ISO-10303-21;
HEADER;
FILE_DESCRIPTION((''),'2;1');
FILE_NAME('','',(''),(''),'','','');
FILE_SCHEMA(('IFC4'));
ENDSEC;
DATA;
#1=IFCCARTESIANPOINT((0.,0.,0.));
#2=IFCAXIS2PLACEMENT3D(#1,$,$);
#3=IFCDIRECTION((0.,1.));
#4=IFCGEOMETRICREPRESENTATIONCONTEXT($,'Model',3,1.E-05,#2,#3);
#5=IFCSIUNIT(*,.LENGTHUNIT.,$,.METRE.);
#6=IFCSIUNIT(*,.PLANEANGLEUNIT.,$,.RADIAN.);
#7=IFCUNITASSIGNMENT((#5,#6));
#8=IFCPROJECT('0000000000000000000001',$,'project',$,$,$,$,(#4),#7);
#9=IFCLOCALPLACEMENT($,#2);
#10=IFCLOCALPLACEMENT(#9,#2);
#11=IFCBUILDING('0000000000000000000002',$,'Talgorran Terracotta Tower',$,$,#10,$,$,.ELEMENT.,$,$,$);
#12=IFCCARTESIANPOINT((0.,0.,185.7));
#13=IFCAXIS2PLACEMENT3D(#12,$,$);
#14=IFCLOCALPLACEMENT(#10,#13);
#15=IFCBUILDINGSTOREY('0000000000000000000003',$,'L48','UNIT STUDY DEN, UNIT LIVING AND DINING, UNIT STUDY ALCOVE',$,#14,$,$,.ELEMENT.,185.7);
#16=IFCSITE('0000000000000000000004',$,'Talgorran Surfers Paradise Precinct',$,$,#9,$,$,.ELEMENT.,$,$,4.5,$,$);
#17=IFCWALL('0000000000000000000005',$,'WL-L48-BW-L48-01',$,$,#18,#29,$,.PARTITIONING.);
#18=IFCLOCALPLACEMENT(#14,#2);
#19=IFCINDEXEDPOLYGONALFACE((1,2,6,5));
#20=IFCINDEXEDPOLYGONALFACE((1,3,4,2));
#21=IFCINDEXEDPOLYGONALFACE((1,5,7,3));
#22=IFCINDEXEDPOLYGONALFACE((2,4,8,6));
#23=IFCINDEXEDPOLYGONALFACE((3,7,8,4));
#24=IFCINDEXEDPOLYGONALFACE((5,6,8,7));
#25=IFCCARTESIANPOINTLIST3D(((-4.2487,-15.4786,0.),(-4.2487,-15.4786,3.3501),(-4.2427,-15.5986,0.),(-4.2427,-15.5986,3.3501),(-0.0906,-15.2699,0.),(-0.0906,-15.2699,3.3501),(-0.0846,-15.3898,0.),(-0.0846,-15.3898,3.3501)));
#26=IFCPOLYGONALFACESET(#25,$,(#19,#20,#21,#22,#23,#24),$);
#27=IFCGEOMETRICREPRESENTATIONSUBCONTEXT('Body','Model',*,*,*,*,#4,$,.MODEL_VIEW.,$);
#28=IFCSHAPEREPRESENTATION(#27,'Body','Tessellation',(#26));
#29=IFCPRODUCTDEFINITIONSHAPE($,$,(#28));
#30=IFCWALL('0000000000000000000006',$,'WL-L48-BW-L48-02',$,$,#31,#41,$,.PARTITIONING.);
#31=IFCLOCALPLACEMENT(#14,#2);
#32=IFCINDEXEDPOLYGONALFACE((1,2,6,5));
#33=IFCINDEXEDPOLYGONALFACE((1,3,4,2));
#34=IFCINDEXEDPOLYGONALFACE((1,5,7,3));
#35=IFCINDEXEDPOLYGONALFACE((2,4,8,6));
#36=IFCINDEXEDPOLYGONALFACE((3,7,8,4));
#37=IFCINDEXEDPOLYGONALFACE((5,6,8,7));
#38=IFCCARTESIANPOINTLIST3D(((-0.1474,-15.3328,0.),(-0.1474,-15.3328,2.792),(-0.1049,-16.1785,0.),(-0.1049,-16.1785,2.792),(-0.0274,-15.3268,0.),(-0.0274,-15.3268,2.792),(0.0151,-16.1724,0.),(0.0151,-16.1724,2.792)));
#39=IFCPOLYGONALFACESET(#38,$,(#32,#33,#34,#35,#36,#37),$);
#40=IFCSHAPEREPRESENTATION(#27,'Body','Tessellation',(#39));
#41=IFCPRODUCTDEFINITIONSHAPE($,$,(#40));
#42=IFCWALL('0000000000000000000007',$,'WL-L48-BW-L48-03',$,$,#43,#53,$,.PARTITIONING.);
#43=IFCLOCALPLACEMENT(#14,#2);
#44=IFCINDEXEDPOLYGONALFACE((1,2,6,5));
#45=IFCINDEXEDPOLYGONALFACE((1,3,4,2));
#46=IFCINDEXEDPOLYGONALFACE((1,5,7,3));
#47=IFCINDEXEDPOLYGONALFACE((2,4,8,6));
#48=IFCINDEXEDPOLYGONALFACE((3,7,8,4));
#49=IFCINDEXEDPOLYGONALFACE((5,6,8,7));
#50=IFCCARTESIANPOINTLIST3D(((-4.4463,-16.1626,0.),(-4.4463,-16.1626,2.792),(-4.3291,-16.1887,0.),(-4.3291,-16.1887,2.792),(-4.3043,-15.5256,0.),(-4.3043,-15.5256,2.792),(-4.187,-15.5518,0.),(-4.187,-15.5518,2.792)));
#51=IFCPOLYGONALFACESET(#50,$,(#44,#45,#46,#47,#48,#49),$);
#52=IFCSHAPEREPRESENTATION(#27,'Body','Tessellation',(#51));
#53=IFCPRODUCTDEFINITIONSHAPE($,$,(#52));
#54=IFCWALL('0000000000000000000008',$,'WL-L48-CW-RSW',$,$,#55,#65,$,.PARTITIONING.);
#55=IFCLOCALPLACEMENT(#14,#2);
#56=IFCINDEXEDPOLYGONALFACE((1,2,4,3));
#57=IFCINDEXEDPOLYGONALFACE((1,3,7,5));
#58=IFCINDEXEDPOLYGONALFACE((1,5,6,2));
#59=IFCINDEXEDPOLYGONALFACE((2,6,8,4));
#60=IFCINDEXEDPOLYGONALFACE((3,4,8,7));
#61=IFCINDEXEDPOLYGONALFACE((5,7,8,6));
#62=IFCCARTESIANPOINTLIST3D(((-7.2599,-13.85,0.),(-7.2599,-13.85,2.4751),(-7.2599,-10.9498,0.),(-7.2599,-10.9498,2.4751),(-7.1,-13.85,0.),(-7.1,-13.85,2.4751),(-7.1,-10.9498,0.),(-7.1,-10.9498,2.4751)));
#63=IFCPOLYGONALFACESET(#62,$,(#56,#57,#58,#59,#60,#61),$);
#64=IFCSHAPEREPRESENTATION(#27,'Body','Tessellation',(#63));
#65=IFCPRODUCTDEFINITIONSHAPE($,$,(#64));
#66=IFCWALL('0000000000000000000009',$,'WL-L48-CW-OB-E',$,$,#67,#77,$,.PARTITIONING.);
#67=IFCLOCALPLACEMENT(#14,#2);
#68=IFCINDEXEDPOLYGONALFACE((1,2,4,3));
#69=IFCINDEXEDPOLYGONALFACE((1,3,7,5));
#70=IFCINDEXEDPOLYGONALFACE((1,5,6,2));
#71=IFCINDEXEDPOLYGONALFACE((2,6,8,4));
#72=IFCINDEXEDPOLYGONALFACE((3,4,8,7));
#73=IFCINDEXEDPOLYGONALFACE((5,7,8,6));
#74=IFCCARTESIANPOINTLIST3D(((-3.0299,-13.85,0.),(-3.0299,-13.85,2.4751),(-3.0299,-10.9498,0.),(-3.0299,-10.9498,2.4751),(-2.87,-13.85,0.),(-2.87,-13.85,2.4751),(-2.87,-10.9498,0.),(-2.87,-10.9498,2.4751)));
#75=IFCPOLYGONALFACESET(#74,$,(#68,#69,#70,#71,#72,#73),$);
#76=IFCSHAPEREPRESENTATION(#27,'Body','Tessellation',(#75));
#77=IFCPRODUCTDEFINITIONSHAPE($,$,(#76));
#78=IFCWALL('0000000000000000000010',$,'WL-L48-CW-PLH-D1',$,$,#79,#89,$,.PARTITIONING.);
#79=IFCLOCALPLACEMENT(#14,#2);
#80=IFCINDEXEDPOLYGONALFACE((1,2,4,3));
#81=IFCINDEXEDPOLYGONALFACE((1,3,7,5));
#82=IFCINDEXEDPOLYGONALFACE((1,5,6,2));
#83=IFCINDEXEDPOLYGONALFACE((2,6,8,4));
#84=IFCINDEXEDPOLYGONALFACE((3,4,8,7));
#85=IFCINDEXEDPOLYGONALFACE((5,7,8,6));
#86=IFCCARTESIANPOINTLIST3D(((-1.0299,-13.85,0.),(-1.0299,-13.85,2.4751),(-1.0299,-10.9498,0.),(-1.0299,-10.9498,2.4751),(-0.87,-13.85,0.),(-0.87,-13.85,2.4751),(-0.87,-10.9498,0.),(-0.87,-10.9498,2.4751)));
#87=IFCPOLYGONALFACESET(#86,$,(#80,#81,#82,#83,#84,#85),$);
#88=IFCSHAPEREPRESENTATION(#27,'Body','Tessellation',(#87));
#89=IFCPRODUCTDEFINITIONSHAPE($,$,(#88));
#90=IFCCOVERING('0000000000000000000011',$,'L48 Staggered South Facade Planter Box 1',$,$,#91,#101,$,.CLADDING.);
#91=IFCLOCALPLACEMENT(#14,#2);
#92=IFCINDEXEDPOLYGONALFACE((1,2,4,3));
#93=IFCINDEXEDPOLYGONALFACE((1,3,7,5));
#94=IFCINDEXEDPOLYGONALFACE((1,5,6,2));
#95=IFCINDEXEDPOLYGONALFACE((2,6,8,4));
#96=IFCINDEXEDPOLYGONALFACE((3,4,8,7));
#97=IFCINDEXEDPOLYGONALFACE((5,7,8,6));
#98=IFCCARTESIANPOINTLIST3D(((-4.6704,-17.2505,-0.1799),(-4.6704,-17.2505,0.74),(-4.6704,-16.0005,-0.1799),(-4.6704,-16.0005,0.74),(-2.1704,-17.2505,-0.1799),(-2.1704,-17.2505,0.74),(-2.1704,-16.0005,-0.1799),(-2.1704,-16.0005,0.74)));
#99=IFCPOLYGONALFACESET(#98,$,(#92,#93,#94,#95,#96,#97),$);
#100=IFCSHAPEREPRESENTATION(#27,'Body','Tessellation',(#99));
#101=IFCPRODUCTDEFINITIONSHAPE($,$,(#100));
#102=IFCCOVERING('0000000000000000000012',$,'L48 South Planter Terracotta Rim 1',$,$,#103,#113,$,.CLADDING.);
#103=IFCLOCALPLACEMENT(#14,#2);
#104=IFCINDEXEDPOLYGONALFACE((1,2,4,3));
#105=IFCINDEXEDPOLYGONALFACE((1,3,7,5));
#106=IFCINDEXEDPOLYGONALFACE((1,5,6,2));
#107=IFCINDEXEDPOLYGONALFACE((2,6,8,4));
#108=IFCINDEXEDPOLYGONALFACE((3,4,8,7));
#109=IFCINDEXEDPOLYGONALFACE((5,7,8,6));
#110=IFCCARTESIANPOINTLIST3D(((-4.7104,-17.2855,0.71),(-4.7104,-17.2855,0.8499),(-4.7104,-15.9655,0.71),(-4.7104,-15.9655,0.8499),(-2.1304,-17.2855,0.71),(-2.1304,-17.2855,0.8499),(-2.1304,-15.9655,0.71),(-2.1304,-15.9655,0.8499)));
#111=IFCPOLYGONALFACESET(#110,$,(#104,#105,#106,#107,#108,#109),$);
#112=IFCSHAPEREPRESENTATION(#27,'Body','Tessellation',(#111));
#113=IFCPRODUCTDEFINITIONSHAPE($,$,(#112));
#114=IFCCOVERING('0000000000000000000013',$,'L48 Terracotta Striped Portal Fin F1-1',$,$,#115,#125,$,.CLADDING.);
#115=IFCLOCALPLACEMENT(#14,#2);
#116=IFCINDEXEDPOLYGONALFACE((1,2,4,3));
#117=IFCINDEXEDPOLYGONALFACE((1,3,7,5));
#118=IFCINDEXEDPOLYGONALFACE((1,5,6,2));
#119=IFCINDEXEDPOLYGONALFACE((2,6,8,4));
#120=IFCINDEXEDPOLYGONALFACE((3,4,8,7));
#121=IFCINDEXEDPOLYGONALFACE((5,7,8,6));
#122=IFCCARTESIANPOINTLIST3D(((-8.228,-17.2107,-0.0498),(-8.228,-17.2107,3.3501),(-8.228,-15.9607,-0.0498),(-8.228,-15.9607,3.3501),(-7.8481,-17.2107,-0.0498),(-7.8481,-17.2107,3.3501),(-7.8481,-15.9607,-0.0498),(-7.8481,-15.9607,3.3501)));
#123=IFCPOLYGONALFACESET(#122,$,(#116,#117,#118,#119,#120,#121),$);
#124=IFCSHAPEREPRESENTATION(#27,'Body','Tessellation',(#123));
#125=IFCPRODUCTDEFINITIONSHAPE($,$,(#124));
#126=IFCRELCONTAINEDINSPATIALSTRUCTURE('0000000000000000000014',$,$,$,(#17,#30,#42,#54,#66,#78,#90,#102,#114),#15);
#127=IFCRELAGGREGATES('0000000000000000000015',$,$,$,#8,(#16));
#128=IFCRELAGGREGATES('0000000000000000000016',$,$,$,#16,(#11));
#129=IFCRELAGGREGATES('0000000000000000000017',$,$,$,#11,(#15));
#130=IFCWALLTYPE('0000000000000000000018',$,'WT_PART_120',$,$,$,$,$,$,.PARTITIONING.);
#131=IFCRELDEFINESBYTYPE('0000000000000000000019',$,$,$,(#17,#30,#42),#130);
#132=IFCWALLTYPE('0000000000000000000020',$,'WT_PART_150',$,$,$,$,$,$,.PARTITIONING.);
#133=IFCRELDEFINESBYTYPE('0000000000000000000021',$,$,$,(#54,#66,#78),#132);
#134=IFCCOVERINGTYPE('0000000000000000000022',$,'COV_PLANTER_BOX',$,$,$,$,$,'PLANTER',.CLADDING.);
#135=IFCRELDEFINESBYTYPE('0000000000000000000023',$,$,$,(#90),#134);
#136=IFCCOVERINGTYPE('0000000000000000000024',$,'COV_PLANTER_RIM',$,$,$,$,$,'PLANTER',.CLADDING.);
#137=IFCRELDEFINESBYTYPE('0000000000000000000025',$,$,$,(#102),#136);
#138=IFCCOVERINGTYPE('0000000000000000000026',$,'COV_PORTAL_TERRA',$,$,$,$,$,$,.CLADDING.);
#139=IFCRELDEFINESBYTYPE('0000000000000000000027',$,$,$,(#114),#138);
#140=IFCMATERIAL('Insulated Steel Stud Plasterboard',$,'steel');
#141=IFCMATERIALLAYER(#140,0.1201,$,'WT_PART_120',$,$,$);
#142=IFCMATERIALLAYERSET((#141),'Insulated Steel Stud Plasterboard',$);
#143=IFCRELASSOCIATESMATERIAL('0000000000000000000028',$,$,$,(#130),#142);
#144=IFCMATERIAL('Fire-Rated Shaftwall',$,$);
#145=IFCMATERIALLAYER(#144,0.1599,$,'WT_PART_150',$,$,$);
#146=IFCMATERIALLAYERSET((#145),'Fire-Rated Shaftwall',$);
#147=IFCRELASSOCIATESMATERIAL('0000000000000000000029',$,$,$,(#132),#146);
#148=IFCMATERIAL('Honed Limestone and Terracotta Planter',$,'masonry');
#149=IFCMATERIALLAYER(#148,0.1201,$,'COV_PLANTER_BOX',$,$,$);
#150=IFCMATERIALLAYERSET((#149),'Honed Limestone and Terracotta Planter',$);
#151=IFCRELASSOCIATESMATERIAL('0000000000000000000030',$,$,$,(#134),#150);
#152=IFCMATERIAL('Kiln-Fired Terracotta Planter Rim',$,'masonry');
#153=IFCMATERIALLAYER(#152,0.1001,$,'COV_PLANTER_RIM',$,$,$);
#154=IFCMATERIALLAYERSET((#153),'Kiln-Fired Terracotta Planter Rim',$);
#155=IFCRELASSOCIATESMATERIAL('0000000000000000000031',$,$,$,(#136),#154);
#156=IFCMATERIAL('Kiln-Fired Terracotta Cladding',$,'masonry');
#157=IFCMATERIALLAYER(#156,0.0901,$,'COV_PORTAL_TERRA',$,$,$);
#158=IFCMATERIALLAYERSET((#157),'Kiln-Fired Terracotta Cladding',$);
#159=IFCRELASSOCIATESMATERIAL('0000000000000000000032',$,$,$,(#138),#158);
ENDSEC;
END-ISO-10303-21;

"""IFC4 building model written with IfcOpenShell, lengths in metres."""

from ifc_helpers import new_model, si_unit, direction, frame, frame_2d, origin, origin_2d, place, context, subcontext, project, spatial, rectangle, extrude, material, layer, layer_set, type_object, element, save


model = new_model("IFC4")

# Units and contexts
model_context = context("Model", 3, precision=1e-05, world=origin(), true_north=direction((0.0, 1.0)))
body_context = subcontext(model_context, "Body", "Model", "MODEL_VIEW")
ifc_project = project(units=[si_unit("LENGTHUNIT", "METRE"), si_unit("PLANEANGLEUNIT", "RADIAN")], contexts=[model_context])

# Site, building, storey
site_placement = place(None, origin())
site = spatial("IfcSite", under=ifc_project, at=site_placement, Name="Talgorran Surfers Paradise Precinct", CompositionType="ELEMENT", RefElevation=4.5)
building_placement = place(site_placement, origin())
building = spatial("IfcBuilding", under=site, at=building_placement, Name="Talgorran Terracotta Tower", CompositionType="ELEMENT")
storey_placement = place(building_placement, frame((0.0, 0.0, 185.7)))
storey = spatial("IfcBuildingStorey", under=building, at=storey_placement, Name="L48", Description="UNIT STUDY DEN, UNIT LIVING AND DINING, UNIT STUDY ALCOVE", CompositionType="ELEMENT", Elevation=185.7)

# Walls
ifc_material_1 = material(Name="Insulated Steel Stud Plasterboard", Category="steel")
ifc_layer_1 = layer(ifc_material_1, 0.1201, Name="WT_PART_120")
ifc_layer_set_1 = layer_set([ifc_layer_1], Name="Insulated Steel Stud Plasterboard")
wall_type_1 = type_object("IfcWallType", Name="WT_PART_120", PredefinedType="PARTITIONING", material=ifc_layer_set_1)
wall_1_placement = place(storey_placement, frame((-4.2456, -15.5386, 0.0), z_axis=(0.0, 0.0, 1.0), x_axis=(0.998742, 0.050136, 0.0)))
element("IfcWall", 1, at=wall_1_placement, inside=storey, type_object=wall_type_1, Name="WL-L48-BW-L48-01", PredefinedType="PARTITIONING", context=body_context, shape_type="SweptSolid", body=[
    extrude(rectangle(XDim=4.1633, YDim=0.1201, at=frame_2d((2.0815, 0.0))), origin(), (0.0, 0.0, 1.0), 3.3501),
])
wall_2_placement = place(storey_placement, frame((-0.0874, -15.3298, 0.0), z_axis=(0.0, 0.0, 1.0), x_axis=(0.050168, -0.998741, 0.0)))
element("IfcWall", 2, at=wall_2_placement, inside=storey, type_object=wall_type_1, Name="WL-L48-BW-L48-02", PredefinedType="PARTITIONING", context=body_context, shape_type="SweptSolid", body=[
    extrude(rectangle(XDim=0.8467, YDim=0.1201, at=frame_2d((0.4233, 0.0))), origin(), (0.0, 0.0, 1.0), 2.792),
])
wall_3_placement = place(storey_placement, frame((-4.3877, -16.1755, 0.0), z_axis=(0.0, 0.0, 1.0), x_axis=(0.217723, 0.976011, 0.0)))
element("IfcWall", 3, at=wall_3_placement, inside=storey, type_object=wall_type_1, Name="WL-L48-BW-L48-03", PredefinedType="PARTITIONING", context=body_context, shape_type="SweptSolid", body=[
    extrude(rectangle(XDim=0.6526, YDim=0.1201, at=frame_2d((0.3262, 0.0))), origin(), (0.0, 0.0, 1.0), 2.792),
])
ifc_material_2 = material(Name="Fire-Rated Shaftwall")
ifc_layer_2 = layer(ifc_material_2, 0.1599, Name="WT_PART_150")
ifc_layer_set_2 = layer_set([ifc_layer_2], Name="Fire-Rated Shaftwall")
wall_type_2 = type_object("IfcWallType", Name="WT_PART_150", PredefinedType="PARTITIONING", material=ifc_layer_set_2)
for number, where, z_axis, x_axis, name in (
    (4, (-7.1799, -13.8501, 0.0), (0.0, 0.0, 1.0), (0.0, 1.0, 0.0), "WL-L48-CW-RSW"),
    (5, (-2.95, -13.8501, 0.0), (0.0, 0.0, 1.0), (0.0, 1.0, 0.0), "WL-L48-CW-OB-E"),
    (6, (-0.95, -13.8501, 0.0), (0.0, 0.0, 1.0), (0.0, 1.0, 0.0), "WL-L48-CW-PLH-D1"),
):
    element("IfcWall", number, at=place(storey_placement, frame(where, z_axis=z_axis, x_axis=x_axis)), inside=storey, type_object=wall_type_2, Name=name, PredefinedType="PARTITIONING", context=body_context, shape_type="SweptSolid", body=[
        extrude(rectangle(XDim=2.9001, YDim=0.1599, at=frame_2d((1.4502, 0.0))), origin(), (0.0, 0.0, 1.0), 2.4751),
    ])

# Coverings
ifc_material_3 = material(Name="Honed Limestone and Terracotta Planter", Category="masonry")
ifc_layer_3 = layer(ifc_material_3, 0.1201, Name="COV_PLANTER_BOX")
ifc_layer_set_3 = layer_set([ifc_layer_3], Name="Honed Limestone and Terracotta Planter")
covering_type_1 = type_object("IfcCoveringType", Name="COV_PLANTER_BOX", ElementType="PLANTER", PredefinedType="CLADDING", material=ifc_layer_set_3)
covering_1_placement = place(storey_placement, frame((-3.4204, -16.6255, -0.1799), z_axis=(0.0, 0.0, 1.0), x_axis=(1.0, 0.0, 0.0)))
element("IfcCovering", 7, at=covering_1_placement, inside=storey, type_object=covering_type_1, Name="L48 Staggered South Facade Planter Box 1", PredefinedType="CLADDING", context=body_context, shape_type="SweptSolid", body=[
    extrude(rectangle(XDim=2.5, YDim=1.25, at=origin_2d()), origin(), (0.0, 0.0, 1.0), 0.9199),
])
ifc_material_4 = material(Name="Kiln-Fired Terracotta Planter Rim", Category="masonry")
ifc_layer_4 = layer(ifc_material_4, 0.1001, Name="COV_PLANTER_RIM")
ifc_layer_set_4 = layer_set([ifc_layer_4], Name="Kiln-Fired Terracotta Planter Rim")
covering_type_2 = type_object("IfcCoveringType", Name="COV_PLANTER_RIM", ElementType="PLANTER", PredefinedType="CLADDING", material=ifc_layer_set_4)
covering_2_placement = place(storey_placement, frame((-3.4204, -16.6255, 0.71), z_axis=(0.0, 0.0, 1.0), x_axis=(1.0, 0.0, 0.0)))
element("IfcCovering", 8, at=covering_2_placement, inside=storey, type_object=covering_type_2, Name="L48 South Planter Terracotta Rim 1", PredefinedType="CLADDING", context=body_context, shape_type="SweptSolid", body=[
    extrude(rectangle(XDim=2.5801, YDim=1.3201, at=origin_2d()), origin(), (0.0, 0.0, 1.0), 0.1399),
])
ifc_material_5 = material(Name="Kiln-Fired Terracotta Cladding", Category="masonry")
ifc_layer_5 = layer(ifc_material_5, 0.0901, Name="COV_PORTAL_TERRA")
ifc_layer_set_5 = layer_set([ifc_layer_5], Name="Kiln-Fired Terracotta Cladding")
covering_type_3 = type_object("IfcCoveringType", Name="COV_PORTAL_TERRA", PredefinedType="CLADDING", material=ifc_layer_set_5)
covering_3_placement = place(storey_placement, frame((-8.0381, -16.5857, -0.0498), z_axis=(0.0, 0.0, 1.0), x_axis=(1.0, 0.0, 0.0)))
element("IfcCovering", 9, at=covering_3_placement, inside=storey, type_object=covering_type_3, Name="L48 Terracotta Striped Portal Fin F1-1", PredefinedType="CLADDING", context=body_context, shape_type="SweptSolid", body=[
    extrude(rectangle(XDim=0.3799, YDim=1.25, at=origin_2d()), origin(), (0.0, 0.0, 1.0), 3.3999),
])

save(model, "model.ifc")
